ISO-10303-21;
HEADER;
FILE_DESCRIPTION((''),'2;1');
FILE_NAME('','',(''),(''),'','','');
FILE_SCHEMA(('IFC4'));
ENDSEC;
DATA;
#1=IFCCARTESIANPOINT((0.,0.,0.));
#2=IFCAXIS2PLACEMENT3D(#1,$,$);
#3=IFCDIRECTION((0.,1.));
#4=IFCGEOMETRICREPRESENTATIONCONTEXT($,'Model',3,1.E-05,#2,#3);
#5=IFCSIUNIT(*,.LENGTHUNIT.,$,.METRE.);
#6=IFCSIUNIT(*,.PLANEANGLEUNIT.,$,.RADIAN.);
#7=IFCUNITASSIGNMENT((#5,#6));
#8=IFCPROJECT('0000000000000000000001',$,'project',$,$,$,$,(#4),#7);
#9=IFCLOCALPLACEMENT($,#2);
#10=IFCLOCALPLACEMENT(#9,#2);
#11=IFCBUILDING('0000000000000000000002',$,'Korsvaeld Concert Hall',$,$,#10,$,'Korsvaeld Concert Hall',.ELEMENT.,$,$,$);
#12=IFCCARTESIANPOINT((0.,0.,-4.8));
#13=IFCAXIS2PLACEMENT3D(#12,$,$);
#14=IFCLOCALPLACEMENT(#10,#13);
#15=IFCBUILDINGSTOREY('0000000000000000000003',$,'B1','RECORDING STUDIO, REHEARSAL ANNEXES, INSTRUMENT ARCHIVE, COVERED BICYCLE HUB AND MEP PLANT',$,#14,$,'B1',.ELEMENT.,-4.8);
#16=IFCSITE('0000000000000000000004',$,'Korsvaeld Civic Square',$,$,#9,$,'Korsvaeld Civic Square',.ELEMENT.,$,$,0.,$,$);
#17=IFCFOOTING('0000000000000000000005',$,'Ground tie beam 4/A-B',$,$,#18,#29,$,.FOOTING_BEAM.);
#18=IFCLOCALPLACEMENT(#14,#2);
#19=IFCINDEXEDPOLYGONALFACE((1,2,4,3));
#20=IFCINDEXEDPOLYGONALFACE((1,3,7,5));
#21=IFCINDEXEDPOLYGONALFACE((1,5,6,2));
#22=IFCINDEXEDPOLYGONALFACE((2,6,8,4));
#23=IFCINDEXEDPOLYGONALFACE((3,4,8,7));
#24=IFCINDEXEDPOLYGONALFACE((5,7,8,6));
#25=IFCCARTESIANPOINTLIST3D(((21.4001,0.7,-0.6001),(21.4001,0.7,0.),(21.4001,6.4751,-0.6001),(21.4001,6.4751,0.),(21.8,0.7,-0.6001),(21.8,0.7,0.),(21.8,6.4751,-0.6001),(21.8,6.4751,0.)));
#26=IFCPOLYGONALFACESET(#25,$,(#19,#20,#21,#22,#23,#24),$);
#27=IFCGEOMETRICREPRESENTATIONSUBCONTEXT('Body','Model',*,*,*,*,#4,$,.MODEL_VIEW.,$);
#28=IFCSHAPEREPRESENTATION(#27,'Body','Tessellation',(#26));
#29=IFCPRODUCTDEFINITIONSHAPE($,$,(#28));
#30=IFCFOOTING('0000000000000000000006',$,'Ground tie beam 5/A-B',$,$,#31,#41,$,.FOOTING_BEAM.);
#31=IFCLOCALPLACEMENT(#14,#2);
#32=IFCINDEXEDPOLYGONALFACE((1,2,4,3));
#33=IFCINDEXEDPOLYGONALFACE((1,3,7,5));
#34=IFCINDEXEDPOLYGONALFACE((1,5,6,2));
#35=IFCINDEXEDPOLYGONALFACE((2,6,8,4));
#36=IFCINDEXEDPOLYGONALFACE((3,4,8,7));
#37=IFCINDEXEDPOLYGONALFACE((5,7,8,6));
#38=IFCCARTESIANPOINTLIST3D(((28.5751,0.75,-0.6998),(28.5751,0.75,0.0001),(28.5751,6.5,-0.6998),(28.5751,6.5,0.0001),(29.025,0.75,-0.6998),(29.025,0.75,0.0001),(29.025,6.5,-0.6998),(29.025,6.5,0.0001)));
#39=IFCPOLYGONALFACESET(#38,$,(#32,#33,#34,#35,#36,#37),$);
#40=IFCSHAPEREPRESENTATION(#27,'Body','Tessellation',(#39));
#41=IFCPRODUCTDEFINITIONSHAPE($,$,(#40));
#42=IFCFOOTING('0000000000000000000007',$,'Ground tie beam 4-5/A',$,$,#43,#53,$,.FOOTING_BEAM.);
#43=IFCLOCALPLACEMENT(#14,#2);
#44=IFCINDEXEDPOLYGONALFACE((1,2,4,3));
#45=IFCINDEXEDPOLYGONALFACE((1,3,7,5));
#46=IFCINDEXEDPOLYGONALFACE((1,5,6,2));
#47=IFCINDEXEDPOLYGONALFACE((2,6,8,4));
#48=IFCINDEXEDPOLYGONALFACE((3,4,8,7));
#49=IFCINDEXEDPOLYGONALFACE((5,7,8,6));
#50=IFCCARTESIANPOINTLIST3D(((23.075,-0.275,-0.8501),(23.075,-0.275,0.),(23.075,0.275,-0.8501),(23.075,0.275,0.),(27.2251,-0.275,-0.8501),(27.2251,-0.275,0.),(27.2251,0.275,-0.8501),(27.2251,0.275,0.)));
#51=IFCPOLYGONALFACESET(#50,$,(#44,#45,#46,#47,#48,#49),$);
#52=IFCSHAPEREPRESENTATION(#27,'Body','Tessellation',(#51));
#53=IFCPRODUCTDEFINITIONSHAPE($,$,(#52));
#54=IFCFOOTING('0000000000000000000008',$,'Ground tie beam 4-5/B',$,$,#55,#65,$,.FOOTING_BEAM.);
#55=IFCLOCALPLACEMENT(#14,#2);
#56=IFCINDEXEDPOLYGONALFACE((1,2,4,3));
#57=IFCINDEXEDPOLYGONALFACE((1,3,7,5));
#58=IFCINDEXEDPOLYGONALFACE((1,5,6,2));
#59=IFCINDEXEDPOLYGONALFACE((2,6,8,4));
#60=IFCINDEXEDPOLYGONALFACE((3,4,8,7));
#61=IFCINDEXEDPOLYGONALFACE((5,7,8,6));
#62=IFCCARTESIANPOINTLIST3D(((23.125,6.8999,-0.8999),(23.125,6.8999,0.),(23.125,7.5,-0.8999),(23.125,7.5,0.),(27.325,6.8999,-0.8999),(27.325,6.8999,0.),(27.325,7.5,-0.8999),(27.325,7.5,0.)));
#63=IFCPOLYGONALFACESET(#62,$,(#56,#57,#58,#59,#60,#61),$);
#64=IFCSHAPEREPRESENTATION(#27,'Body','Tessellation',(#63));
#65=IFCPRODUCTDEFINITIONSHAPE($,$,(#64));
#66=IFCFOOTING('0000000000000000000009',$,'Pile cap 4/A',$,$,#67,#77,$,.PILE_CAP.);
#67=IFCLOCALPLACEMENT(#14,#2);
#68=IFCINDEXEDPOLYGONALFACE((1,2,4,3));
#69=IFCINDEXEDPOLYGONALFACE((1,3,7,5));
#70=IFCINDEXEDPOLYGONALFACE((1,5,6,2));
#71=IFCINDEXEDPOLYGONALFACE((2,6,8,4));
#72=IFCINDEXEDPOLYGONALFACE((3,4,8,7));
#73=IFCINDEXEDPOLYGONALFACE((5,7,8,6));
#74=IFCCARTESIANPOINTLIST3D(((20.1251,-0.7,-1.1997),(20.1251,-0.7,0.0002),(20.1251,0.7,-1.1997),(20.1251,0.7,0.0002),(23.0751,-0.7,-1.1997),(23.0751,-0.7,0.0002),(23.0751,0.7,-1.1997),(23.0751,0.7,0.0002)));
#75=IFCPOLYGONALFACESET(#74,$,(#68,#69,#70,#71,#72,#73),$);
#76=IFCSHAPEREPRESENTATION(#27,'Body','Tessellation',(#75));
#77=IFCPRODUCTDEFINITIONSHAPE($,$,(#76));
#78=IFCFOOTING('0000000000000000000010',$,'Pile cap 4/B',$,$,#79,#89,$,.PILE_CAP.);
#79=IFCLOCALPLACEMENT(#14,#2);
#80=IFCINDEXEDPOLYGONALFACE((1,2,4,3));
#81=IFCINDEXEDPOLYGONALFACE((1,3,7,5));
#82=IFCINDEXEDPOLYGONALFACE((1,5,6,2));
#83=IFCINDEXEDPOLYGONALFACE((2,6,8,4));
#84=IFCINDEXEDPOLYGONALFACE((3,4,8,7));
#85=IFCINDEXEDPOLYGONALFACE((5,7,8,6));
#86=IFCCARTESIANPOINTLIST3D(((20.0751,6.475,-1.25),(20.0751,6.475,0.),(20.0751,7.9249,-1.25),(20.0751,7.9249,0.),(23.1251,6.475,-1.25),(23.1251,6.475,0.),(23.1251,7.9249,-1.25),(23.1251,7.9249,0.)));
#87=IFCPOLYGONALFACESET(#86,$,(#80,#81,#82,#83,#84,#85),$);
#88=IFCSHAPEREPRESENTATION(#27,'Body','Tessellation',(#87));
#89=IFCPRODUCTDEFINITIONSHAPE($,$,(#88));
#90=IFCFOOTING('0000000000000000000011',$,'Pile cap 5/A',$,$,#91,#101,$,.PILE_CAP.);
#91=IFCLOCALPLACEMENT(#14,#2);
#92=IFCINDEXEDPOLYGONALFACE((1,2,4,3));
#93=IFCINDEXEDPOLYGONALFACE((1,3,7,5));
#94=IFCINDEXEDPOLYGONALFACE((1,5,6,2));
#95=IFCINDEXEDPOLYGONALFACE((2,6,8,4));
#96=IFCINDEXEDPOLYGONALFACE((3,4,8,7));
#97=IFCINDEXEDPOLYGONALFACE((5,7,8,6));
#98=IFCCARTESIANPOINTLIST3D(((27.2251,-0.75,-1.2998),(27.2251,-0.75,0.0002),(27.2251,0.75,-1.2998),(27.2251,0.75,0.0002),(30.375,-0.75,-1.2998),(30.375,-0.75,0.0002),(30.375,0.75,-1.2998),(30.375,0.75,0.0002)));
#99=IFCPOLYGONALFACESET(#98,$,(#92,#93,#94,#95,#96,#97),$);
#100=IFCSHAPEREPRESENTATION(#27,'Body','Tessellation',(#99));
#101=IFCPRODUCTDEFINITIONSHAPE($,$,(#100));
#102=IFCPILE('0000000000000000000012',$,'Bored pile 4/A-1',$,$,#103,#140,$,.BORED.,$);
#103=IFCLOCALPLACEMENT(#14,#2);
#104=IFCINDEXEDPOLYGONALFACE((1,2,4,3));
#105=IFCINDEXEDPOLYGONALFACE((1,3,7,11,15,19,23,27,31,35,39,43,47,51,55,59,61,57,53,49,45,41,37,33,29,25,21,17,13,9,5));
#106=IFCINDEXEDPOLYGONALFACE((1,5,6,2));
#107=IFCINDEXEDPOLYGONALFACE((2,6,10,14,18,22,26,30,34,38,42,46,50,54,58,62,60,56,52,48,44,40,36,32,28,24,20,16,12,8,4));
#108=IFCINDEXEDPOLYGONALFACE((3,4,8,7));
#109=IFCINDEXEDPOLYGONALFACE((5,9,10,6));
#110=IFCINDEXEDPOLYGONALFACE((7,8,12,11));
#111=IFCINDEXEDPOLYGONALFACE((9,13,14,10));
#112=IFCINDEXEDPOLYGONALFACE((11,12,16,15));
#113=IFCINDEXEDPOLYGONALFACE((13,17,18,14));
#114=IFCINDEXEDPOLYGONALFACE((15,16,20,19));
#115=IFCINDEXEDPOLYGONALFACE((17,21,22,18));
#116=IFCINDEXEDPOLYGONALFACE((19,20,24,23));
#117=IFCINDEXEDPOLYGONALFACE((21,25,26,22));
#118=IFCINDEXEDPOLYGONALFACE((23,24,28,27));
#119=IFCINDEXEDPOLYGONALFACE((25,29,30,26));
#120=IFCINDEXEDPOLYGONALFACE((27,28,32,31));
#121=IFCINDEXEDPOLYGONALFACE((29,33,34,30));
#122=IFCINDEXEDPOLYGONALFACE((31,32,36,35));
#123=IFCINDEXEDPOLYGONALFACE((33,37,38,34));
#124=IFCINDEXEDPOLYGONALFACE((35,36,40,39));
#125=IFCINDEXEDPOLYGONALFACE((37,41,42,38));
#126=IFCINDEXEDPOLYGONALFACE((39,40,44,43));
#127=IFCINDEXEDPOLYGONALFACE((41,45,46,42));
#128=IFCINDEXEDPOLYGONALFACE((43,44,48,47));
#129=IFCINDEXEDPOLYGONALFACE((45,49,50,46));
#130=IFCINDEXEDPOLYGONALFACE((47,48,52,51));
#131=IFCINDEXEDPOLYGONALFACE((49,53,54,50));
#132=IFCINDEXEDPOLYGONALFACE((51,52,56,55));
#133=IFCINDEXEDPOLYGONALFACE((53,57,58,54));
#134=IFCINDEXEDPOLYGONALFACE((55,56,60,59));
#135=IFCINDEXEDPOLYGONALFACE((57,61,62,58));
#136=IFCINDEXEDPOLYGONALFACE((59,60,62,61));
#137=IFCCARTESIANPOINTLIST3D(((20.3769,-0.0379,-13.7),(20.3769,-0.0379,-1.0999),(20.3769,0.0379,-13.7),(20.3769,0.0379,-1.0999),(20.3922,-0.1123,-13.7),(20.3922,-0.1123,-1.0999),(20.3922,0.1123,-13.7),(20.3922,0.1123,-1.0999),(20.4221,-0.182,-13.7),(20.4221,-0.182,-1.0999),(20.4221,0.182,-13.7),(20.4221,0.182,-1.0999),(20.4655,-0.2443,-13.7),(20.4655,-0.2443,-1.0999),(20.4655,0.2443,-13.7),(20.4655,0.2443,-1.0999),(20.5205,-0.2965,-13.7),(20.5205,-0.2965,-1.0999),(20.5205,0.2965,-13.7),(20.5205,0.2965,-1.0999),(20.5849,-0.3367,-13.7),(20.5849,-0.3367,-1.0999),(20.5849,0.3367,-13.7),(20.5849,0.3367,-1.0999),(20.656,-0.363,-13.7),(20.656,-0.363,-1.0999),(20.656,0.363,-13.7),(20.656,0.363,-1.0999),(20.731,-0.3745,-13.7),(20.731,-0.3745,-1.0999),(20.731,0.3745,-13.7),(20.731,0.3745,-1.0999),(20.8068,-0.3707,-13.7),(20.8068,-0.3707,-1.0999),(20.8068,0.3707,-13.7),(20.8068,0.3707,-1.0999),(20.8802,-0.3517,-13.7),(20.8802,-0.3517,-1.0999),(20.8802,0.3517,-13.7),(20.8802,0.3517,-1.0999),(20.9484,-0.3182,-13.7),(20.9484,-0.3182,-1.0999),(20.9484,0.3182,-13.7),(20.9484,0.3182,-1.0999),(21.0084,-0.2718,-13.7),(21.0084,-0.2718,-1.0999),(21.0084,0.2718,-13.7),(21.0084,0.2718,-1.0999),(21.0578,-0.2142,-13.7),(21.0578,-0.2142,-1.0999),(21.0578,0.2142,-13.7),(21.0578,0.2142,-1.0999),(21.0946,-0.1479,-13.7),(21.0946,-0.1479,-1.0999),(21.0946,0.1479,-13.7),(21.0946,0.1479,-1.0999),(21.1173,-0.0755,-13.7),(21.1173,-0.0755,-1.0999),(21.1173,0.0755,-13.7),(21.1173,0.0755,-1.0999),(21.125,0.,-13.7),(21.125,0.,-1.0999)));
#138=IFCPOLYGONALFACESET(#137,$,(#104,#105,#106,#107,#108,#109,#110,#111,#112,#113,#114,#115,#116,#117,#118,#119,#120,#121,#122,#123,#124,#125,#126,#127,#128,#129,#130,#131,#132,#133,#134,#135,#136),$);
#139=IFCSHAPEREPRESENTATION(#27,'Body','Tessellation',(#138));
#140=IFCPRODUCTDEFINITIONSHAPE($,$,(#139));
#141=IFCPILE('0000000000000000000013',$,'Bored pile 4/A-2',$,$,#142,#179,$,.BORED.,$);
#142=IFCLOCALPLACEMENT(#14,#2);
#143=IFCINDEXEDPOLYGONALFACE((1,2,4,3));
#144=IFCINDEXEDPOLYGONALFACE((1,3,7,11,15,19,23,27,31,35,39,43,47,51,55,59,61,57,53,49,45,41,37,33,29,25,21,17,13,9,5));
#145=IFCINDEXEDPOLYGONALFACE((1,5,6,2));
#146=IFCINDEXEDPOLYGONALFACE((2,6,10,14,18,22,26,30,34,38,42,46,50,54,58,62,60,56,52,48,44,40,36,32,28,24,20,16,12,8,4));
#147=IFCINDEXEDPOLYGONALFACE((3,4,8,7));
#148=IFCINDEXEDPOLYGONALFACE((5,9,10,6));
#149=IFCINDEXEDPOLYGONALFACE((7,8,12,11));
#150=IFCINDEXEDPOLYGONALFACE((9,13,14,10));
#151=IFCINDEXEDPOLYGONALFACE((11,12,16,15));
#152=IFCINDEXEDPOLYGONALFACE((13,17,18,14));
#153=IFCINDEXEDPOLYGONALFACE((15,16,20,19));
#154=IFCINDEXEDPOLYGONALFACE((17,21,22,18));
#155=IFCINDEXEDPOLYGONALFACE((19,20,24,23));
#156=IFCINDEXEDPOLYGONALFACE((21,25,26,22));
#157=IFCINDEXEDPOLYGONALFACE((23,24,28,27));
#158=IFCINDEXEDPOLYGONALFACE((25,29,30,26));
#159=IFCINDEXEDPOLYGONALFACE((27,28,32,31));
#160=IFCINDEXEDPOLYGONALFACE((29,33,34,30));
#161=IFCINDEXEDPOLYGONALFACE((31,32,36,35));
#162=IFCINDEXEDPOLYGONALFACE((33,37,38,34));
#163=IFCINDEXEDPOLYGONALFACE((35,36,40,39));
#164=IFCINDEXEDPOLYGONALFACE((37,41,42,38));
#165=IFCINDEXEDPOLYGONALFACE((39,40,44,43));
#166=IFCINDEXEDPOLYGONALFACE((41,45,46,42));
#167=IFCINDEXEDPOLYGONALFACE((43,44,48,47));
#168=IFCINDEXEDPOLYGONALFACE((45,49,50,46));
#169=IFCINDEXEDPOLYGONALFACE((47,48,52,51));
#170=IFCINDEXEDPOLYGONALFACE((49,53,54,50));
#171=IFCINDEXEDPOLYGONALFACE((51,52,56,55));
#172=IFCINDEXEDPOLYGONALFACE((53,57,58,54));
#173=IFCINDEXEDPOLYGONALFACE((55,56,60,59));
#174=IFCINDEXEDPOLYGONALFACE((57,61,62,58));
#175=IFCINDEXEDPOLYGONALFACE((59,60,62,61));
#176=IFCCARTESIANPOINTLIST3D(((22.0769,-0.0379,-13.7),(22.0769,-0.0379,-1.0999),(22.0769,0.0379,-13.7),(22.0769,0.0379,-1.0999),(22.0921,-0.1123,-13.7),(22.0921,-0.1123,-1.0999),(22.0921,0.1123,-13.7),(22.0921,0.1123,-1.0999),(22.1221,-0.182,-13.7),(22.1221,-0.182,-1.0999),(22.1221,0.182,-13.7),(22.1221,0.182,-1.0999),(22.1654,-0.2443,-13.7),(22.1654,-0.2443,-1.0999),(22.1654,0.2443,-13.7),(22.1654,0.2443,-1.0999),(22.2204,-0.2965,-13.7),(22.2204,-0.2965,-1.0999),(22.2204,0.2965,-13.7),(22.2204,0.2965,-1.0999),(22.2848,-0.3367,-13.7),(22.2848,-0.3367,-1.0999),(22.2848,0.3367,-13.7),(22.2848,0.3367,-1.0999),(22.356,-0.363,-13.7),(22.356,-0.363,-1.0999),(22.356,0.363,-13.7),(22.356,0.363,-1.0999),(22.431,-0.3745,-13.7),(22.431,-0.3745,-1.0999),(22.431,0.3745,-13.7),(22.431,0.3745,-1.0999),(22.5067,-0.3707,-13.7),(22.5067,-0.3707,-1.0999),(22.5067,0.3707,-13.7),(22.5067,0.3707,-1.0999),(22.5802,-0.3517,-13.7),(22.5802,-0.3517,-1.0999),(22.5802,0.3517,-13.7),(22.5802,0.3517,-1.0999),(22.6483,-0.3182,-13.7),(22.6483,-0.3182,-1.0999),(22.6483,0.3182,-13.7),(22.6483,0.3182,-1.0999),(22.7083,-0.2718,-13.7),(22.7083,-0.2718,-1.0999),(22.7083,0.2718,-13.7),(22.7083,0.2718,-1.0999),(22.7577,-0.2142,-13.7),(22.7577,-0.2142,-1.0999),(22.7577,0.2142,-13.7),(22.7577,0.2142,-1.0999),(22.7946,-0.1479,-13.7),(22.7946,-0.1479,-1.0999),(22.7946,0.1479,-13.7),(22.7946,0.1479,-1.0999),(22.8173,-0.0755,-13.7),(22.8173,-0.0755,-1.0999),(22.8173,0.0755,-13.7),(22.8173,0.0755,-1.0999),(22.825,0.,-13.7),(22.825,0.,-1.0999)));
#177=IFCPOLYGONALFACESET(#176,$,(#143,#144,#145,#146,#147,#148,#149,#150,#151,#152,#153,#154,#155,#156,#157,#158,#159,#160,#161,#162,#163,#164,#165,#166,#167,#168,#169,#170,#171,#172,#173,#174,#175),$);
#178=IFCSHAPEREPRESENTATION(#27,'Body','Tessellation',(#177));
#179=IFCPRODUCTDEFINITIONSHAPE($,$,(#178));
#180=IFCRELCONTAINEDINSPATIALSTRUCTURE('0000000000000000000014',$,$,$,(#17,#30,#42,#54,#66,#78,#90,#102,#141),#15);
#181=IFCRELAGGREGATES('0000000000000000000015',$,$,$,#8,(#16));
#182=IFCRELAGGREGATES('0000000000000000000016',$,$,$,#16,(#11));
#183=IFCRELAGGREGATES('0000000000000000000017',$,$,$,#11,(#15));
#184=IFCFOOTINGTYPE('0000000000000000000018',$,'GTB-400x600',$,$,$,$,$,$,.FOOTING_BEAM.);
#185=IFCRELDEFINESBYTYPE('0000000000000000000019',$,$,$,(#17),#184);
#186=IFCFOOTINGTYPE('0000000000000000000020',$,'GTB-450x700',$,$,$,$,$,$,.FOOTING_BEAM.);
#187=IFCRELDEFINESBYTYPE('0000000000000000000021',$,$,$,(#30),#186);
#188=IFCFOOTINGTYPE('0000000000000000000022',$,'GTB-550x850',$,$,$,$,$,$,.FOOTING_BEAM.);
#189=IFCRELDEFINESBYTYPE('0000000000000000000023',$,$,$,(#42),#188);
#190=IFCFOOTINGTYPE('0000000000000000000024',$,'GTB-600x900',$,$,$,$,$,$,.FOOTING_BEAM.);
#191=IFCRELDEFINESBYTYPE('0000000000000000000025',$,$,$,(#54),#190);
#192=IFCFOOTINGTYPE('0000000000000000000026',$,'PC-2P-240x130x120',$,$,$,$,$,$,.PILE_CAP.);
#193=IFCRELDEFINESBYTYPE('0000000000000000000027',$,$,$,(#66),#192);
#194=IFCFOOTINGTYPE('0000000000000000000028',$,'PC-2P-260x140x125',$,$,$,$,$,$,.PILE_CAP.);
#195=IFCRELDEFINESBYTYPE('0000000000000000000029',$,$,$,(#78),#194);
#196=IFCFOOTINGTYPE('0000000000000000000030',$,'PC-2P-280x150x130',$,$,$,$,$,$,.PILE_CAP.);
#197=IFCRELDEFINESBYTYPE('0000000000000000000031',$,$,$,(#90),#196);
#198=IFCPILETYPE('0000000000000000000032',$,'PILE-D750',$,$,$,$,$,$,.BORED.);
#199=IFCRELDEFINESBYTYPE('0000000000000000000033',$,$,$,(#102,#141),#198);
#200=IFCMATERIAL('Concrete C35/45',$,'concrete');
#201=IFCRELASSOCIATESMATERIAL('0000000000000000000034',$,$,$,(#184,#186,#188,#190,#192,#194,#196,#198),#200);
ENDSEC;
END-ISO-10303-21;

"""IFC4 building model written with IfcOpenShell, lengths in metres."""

from ifc_helpers import new_model, si_unit, direction, frame, origin, origin_2d, place, context, subcontext, project, spatial, rectangle, circle, extrude, material, material_profile, profile_set, type_object, element, save


model = new_model("IFC4")

# Units and contexts
model_context = context("Model", 3, precision=1e-05, world=origin(), true_north=direction((0.0, 1.0)))
body_context = subcontext(model_context, "Body", "Model", "MODEL_VIEW")
ifc_project = project(units=[si_unit("LENGTHUNIT", "METRE"), si_unit("PLANEANGLEUNIT", "RADIAN")], contexts=[model_context])

# Site, building, storey
site_placement = place(None, origin())
site = spatial("IfcSite", under=ifc_project, at=site_placement, Name="Korsvaeld Civic Square", LongName="Korsvaeld Civic Square", CompositionType="ELEMENT", RefElevation=0.0)
building_placement = place(site_placement, origin())
building = spatial("IfcBuilding", under=site, at=building_placement, Name="Korsvaeld Concert Hall", LongName="Korsvaeld Concert Hall", CompositionType="ELEMENT")
storey_placement = place(building_placement, frame((0.0, 0.0, -4.8)))
storey = spatial("IfcBuildingStorey", under=building, at=storey_placement, Name="B1", Description="RECORDING STUDIO, REHEARSAL ANNEXES, INSTRUMENT ARCHIVE, COVERED BICYCLE HUB AND MEP PLANT", LongName="B1", CompositionType="ELEMENT", Elevation=-4.8)

# Footings
ifc_material_1 = material(Name="Concrete C35/45", Category="concrete")
ifc_material_profile_1 = material_profile(ifc_material_1, rectangle(XDim=0.3999, YDim=0.6001, at=origin_2d()), Name="GTB 400x600")
ifc_profile_set_1 = profile_set([ifc_material_profile_1], Name="Concrete C35/45")
footing_type_1 = type_object("IfcFootingType", Name="GTB-400x600", PredefinedType="FOOTING_BEAM", material=ifc_profile_set_1)
footing_1_placement = place(storey_placement, frame((21.6001, 0.7, -0.3), z_axis=(0.0, 1.0, 0.0), x_axis=(-1.0, 0.0, 0.0)))
element("IfcFooting", 1, at=footing_1_placement, inside=storey, type_object=footing_type_1, Name="Ground tie beam 4/A-B", PredefinedType="FOOTING_BEAM", context=body_context, shape_type="SweptSolid", body=[
    extrude(rectangle(XDim=0.3999, YDim=0.6001, at=origin_2d()), origin(), (0.0, 0.0, 1.0), 5.7751),
])
ifc_material_profile_2 = material_profile(ifc_material_1, rectangle(XDim=0.45, YDim=0.7, at=origin_2d()), Name="GTB 450x700")
ifc_profile_set_2 = profile_set([ifc_material_profile_2], Name="Concrete C35/45")
footing_type_2 = type_object("IfcFootingType", Name="GTB-450x700", PredefinedType="FOOTING_BEAM", material=ifc_profile_set_2)
footing_2_placement = place(storey_placement, frame((28.8, 0.75, -0.3499), z_axis=(0.0, 1.0, 0.0), x_axis=(-1.0, 0.0, 0.0)))
element("IfcFooting", 2, at=footing_2_placement, inside=storey, type_object=footing_type_2, Name="Ground tie beam 5/A-B", PredefinedType="FOOTING_BEAM", context=body_context, shape_type="SweptSolid", body=[
    extrude(rectangle(XDim=0.45, YDim=0.7, at=origin_2d()), origin(), (0.0, 0.0, 1.0), 5.75),
])
ifc_material_profile_3 = material_profile(ifc_material_1, rectangle(XDim=0.55, YDim=0.8501, at=origin_2d()), Name="GTB 550x850")
ifc_profile_set_3 = profile_set([ifc_material_profile_3], Name="Concrete C35/45")
footing_type_3 = type_object("IfcFootingType", Name="GTB-550x850", PredefinedType="FOOTING_BEAM", material=ifc_profile_set_3)
footing_3_placement = place(storey_placement, frame((23.075, 0.0, -0.425), z_axis=(1.0, 0.0, 0.0), x_axis=(0.0, 1.0, 0.0)))
element("IfcFooting", 3, at=footing_3_placement, inside=storey, type_object=footing_type_3, Name="Ground tie beam 4-5/A", PredefinedType="FOOTING_BEAM", context=body_context, shape_type="SweptSolid", body=[
    extrude(rectangle(XDim=0.55, YDim=0.8501, at=origin_2d()), origin(), (0.0, 0.0, 1.0), 4.1501),
])
ifc_material_profile_4 = material_profile(ifc_material_1, rectangle(XDim=0.6001, YDim=0.8999, at=origin_2d()), Name="GTB 600x900")
ifc_profile_set_4 = profile_set([ifc_material_profile_4], Name="Concrete C35/45")
footing_type_4 = type_object("IfcFootingType", Name="GTB-600x900", PredefinedType="FOOTING_BEAM", material=ifc_profile_set_4)
footing_4_placement = place(storey_placement, frame((23.125, 7.2, -0.45), z_axis=(1.0, 0.0, 0.0), x_axis=(0.0, 1.0, 0.0)))
element("IfcFooting", 4, at=footing_4_placement, inside=storey, type_object=footing_type_4, Name="Ground tie beam 4-5/B", PredefinedType="FOOTING_BEAM", context=body_context, shape_type="SweptSolid", body=[
    extrude(rectangle(XDim=0.6001, YDim=0.8999, at=origin_2d()), origin(), (0.0, 0.0, 1.0), 4.2),
])
footing_type_5 = type_object("IfcFootingType", Name="PC-2P-240x130x120", PredefinedType="PILE_CAP", material=ifc_material_1)
footing_5_placement = place(storey_placement, frame((21.6001, 0.0, -1.1997), z_axis=(0.0, 0.0, 1.0), x_axis=(1.0, 0.0, 0.0)))
element("IfcFooting", 5, at=footing_5_placement, inside=storey, type_object=footing_type_5, Name="Pile cap 4/A", PredefinedType="PILE_CAP", context=body_context, shape_type="SweptSolid", body=[
    extrude(rectangle(XDim=2.95, YDim=1.3999, at=origin_2d()), origin(), (0.0, 0.0, 1.0), 1.2),
])
footing_type_6 = type_object("IfcFootingType", Name="PC-2P-260x140x125", PredefinedType="PILE_CAP", material=ifc_material_1)
footing_6_placement = place(storey_placement, frame((21.6001, 7.2, -1.25), z_axis=(0.0, 0.0, 1.0), x_axis=(1.0, 0.0, 0.0)))
element("IfcFooting", 6, at=footing_6_placement, inside=storey, type_object=footing_type_6, Name="Pile cap 4/B", PredefinedType="PILE_CAP", context=body_context, shape_type="SweptSolid", body=[
    extrude(rectangle(XDim=3.05, YDim=1.45, at=origin_2d()), origin(), (0.0, 0.0, 1.0), 1.25),
])
footing_type_7 = type_object("IfcFootingType", Name="PC-2P-280x150x130", PredefinedType="PILE_CAP", material=ifc_material_1)
footing_7_placement = place(storey_placement, frame((28.8, 0.0, -1.2998), z_axis=(0.0, 0.0, 1.0), x_axis=(1.0, 0.0, 0.0)))
element("IfcFooting", 7, at=footing_7_placement, inside=storey, type_object=footing_type_7, Name="Pile cap 5/A", PredefinedType="PILE_CAP", context=body_context, shape_type="SweptSolid", body=[
    extrude(rectangle(XDim=3.1499, YDim=1.5, at=origin_2d()), origin(), (0.0, 0.0, 1.0), 1.3),
])

# Piles
ifc_material_profile_5 = material_profile(ifc_material_1, circle(Radius=0.375, at=origin_2d()), Name="BORED PILE D750")
ifc_profile_set_5 = profile_set([ifc_material_profile_5], Name="Concrete C35/45")
pile_type_1 = type_object("IfcPileType", Name="PILE-D750", PredefinedType="BORED", material=ifc_profile_set_5)
for number, where, z_axis, x_axis, name in (
    (8, (20.75, 0.0, -1.0999), (0.0, 0.0, -1.0), (1.0, 0.0, 0.0), "Bored pile 4/A-1"),
    (9, (22.45, 0.0, -1.0999), (0.0, 0.0, -1.0), (1.0, 0.0, 0.0), "Bored pile 4/A-2"),
):
    element("IfcPile", number, at=place(storey_placement, frame(where, z_axis=z_axis, x_axis=x_axis)), inside=storey, type_object=pile_type_1, Name=name, PredefinedType="BORED", context=body_context, shape_type="SweptSolid", body=[
        extrude(circle(Radius=0.375, at=origin_2d()), origin(), (0.0, 0.0, 1.0), 12.6001),
    ])

save(model, "model.ifc")
